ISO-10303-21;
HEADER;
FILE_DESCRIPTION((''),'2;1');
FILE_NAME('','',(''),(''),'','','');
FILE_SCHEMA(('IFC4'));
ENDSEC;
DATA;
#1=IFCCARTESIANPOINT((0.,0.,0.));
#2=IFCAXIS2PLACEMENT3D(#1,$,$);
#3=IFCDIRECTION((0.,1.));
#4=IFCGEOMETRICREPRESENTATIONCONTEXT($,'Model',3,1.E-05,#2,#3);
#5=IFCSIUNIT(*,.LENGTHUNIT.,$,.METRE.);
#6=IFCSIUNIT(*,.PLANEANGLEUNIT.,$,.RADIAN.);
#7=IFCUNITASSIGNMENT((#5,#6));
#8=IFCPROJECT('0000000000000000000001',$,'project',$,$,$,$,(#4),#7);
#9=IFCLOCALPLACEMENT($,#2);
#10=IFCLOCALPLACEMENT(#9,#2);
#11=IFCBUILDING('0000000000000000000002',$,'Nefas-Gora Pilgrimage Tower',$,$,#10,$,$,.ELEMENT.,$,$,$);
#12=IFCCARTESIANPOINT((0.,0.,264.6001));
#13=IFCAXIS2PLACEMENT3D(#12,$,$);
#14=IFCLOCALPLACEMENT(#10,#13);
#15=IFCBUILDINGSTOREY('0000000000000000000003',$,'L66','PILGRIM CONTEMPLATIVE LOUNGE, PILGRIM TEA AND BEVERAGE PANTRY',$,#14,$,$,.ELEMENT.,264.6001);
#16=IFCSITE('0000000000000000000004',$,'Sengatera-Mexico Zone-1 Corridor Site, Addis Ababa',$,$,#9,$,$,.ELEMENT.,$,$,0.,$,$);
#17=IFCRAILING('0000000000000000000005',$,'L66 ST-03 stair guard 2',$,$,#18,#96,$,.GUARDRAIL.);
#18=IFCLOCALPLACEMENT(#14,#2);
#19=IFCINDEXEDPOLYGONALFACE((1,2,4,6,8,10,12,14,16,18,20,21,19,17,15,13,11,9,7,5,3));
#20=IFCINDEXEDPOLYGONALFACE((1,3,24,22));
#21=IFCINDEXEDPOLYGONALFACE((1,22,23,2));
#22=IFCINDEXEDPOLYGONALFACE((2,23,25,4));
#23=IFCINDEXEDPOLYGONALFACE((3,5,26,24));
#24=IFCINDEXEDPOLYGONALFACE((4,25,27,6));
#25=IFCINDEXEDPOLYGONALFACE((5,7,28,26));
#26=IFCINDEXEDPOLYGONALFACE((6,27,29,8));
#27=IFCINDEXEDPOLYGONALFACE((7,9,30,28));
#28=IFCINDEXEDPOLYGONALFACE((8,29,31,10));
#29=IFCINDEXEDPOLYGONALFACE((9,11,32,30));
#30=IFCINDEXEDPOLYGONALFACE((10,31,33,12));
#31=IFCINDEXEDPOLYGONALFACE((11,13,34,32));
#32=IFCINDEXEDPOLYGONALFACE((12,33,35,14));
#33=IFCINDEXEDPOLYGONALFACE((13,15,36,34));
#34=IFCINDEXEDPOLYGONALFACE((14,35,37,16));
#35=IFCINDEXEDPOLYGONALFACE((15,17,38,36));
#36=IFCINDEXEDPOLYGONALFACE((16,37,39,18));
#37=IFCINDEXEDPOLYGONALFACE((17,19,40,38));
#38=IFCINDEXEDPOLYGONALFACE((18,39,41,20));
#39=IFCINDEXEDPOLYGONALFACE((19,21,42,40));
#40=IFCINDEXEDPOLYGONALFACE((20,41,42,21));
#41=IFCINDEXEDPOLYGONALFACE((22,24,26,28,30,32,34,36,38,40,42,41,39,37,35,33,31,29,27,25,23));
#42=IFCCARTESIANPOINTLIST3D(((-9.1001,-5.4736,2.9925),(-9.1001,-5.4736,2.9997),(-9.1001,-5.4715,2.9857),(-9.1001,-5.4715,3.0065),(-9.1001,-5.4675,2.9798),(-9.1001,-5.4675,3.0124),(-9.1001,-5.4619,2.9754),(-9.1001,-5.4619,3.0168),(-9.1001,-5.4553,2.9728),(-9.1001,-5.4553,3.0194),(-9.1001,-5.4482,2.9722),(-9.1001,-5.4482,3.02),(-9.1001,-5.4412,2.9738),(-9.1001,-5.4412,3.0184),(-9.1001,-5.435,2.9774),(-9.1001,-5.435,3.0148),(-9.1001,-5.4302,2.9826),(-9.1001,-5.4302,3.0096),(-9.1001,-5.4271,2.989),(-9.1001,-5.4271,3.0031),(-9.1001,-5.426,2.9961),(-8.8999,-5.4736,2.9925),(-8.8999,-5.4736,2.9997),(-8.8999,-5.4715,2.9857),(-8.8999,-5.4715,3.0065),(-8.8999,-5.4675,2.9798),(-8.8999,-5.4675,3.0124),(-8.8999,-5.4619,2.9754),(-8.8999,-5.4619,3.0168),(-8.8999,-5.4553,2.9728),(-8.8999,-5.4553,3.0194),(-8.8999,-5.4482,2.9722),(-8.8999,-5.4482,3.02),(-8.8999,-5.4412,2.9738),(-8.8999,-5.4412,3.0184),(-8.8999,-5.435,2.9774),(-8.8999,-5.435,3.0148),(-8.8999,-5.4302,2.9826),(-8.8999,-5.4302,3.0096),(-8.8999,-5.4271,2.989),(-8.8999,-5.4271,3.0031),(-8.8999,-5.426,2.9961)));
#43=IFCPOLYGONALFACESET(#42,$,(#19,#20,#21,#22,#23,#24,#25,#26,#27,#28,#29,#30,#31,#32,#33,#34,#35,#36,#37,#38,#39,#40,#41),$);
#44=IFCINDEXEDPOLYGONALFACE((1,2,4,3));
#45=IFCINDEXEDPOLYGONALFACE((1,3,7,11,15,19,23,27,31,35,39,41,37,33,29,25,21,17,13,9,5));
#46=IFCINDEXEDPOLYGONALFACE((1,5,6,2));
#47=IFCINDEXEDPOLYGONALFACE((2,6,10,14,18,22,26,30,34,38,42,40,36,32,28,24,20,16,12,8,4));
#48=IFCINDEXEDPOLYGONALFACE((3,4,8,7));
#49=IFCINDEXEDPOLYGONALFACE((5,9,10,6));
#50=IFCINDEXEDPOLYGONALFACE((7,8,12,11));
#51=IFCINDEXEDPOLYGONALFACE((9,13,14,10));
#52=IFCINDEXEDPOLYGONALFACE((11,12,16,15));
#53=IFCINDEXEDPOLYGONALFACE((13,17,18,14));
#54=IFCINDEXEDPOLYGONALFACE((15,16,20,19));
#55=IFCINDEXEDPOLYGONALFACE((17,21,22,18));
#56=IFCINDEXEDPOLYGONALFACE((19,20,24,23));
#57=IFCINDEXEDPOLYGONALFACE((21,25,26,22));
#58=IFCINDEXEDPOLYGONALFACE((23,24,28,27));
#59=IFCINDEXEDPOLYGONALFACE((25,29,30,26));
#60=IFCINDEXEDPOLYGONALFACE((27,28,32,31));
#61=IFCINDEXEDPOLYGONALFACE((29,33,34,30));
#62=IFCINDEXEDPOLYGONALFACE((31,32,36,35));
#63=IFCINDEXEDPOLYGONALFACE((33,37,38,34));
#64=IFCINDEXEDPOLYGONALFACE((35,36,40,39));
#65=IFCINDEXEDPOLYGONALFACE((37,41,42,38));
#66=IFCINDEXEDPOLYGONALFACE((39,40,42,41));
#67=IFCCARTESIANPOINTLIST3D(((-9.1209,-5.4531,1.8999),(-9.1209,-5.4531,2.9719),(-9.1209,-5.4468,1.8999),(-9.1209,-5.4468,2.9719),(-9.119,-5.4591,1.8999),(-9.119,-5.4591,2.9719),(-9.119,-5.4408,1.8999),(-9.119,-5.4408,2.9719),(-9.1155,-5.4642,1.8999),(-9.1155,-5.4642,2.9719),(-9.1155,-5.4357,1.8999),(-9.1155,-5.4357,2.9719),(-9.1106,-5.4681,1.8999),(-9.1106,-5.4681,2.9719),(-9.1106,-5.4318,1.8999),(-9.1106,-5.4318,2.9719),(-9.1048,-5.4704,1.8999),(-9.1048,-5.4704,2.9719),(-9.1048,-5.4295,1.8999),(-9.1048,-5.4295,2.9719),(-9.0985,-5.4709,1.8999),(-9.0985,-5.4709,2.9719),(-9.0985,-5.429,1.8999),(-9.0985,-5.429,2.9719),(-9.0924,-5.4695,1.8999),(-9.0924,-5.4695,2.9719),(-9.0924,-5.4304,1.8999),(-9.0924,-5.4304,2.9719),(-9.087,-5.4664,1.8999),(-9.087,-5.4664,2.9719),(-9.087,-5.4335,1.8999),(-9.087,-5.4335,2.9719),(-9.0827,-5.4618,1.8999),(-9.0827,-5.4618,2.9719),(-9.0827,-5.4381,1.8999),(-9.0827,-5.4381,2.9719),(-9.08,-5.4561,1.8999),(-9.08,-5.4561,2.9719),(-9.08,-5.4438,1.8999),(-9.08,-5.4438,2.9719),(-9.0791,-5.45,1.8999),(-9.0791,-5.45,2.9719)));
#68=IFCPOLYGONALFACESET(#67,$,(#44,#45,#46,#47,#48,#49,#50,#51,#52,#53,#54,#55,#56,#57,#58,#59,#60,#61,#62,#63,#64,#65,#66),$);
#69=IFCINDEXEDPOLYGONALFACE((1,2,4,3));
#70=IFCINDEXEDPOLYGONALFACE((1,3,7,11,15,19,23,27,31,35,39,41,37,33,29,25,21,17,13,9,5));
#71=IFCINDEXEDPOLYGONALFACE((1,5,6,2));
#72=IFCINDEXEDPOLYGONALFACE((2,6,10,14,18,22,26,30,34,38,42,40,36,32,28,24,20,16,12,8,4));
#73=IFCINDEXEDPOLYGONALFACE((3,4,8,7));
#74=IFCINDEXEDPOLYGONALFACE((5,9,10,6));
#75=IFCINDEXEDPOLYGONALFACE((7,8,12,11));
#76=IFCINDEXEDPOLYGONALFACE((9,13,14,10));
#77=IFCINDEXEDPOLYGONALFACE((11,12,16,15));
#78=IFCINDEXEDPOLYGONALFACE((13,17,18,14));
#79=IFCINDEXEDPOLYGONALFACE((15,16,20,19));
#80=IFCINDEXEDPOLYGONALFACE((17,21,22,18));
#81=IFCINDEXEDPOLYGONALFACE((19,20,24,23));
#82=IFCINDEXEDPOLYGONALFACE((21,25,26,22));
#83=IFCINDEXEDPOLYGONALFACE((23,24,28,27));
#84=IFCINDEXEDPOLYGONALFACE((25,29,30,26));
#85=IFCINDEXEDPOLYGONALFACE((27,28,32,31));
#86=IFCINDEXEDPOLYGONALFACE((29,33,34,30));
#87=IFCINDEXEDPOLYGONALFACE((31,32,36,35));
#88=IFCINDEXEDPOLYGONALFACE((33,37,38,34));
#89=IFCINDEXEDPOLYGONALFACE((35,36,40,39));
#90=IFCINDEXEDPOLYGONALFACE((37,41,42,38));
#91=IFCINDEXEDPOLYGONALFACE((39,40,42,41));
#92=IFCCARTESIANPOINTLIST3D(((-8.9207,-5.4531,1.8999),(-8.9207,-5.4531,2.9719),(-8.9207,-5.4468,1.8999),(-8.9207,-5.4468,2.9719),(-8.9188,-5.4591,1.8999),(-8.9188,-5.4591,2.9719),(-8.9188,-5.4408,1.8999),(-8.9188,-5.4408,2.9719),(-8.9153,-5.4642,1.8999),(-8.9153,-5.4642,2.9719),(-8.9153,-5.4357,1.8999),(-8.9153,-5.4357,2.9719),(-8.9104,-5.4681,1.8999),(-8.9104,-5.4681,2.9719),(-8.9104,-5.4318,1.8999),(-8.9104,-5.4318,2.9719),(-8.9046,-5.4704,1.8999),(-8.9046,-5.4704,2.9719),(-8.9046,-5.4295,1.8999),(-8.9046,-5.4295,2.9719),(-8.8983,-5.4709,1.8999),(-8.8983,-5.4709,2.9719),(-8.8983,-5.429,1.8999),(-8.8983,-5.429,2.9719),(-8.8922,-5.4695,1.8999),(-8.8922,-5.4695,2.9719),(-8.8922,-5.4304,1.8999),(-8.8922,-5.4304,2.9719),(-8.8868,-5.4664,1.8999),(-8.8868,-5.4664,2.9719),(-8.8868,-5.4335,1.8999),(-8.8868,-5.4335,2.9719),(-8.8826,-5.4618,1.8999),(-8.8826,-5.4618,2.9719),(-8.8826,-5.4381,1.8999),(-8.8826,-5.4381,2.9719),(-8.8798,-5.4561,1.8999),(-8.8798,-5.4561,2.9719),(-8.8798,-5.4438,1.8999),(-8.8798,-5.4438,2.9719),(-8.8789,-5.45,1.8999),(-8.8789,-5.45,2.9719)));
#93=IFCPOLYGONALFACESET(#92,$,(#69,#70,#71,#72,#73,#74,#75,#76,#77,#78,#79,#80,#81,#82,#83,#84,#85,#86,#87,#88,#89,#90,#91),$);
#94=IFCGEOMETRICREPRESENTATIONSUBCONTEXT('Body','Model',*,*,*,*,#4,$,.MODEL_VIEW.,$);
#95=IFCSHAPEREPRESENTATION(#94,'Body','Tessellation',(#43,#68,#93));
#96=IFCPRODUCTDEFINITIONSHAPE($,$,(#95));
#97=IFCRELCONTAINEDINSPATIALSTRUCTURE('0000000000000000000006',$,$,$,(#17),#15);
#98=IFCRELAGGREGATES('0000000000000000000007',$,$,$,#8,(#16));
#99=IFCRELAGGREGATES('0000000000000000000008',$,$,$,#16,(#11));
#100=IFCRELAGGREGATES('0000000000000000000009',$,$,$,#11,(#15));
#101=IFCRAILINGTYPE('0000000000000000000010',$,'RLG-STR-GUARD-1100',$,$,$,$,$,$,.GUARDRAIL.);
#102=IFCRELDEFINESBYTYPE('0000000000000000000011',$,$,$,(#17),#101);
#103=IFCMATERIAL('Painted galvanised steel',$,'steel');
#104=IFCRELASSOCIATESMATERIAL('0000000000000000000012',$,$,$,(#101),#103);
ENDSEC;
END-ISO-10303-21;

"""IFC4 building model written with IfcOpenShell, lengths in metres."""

from ifc_helpers import new_model, si_unit, direction, frame, origin, origin_2d, place, context, subcontext, project, spatial, circle, extrude, material, type_object, element, save


model = new_model("IFC4")

# Units and contexts
model_context = context("Model", 3, precision=1e-05, world=origin(), true_north=direction((0.0, 1.0)))
body_context = subcontext(model_context, "Body", "Model", "MODEL_VIEW")
ifc_project = project(units=[si_unit("LENGTHUNIT", "METRE"), si_unit("PLANEANGLEUNIT", "RADIAN")], contexts=[model_context])

# Site, building, storey
site_placement = place(None, origin())
site = spatial("IfcSite", under=ifc_project, at=site_placement, Name="Sengatera-Mexico Zone-1 Corridor Site, Addis Ababa", CompositionType="ELEMENT", RefElevation=0.0)
building_placement = place(site_placement, origin())
building = spatial("IfcBuilding", under=site, at=building_placement, Name="Nefas-Gora Pilgrimage Tower", CompositionType="ELEMENT")
storey_placement = place(building_placement, frame((0.0, 0.0, 264.6001)))
storey = spatial("IfcBuildingStorey", under=building, at=storey_placement, Name="L66", Description="PILGRIM CONTEMPLATIVE LOUNGE, PILGRIM TEA AND BEVERAGE PANTRY", CompositionType="ELEMENT", Elevation=264.6001)

# Railing
ifc_material_1 = material(Name="Painted galvanised steel", Category="steel")
railing_type_1 = type_object("IfcRailingType", Name="RLG-STR-GUARD-1100", PredefinedType="GUARDRAIL", material=ifc_material_1)
railing_1_placement = place(storey_placement, frame((-9.1001, -5.45, 1.8999)))
element("IfcRailing", 1, at=railing_1_placement, inside=storey, type_object=railing_type_1, Name="L66 ST-03 stair guard 2", PredefinedType="GUARDRAIL", context=body_context, shape_type="SweptSolid", body=[
    extrude(circle(Radius=0.0239, at=origin_2d()), frame((0.0, 0.0, 1.0962), z_axis=(1.0, 0.0, 0.0), x_axis=(0.0, 1.0, 0.0)), (0.0, 0.0, 1.0), 0.2002),
    extrude(circle(Radius=0.021, at=origin_2d()), origin(), (0.0, 0.0, 1.0), 1.072),
    extrude(circle(Radius=0.021, at=origin_2d()), frame((0.2002, 0.0, 0.0)), (0.0, 0.0, 1.0), 1.072),
])

save(model, "model.ifc")
